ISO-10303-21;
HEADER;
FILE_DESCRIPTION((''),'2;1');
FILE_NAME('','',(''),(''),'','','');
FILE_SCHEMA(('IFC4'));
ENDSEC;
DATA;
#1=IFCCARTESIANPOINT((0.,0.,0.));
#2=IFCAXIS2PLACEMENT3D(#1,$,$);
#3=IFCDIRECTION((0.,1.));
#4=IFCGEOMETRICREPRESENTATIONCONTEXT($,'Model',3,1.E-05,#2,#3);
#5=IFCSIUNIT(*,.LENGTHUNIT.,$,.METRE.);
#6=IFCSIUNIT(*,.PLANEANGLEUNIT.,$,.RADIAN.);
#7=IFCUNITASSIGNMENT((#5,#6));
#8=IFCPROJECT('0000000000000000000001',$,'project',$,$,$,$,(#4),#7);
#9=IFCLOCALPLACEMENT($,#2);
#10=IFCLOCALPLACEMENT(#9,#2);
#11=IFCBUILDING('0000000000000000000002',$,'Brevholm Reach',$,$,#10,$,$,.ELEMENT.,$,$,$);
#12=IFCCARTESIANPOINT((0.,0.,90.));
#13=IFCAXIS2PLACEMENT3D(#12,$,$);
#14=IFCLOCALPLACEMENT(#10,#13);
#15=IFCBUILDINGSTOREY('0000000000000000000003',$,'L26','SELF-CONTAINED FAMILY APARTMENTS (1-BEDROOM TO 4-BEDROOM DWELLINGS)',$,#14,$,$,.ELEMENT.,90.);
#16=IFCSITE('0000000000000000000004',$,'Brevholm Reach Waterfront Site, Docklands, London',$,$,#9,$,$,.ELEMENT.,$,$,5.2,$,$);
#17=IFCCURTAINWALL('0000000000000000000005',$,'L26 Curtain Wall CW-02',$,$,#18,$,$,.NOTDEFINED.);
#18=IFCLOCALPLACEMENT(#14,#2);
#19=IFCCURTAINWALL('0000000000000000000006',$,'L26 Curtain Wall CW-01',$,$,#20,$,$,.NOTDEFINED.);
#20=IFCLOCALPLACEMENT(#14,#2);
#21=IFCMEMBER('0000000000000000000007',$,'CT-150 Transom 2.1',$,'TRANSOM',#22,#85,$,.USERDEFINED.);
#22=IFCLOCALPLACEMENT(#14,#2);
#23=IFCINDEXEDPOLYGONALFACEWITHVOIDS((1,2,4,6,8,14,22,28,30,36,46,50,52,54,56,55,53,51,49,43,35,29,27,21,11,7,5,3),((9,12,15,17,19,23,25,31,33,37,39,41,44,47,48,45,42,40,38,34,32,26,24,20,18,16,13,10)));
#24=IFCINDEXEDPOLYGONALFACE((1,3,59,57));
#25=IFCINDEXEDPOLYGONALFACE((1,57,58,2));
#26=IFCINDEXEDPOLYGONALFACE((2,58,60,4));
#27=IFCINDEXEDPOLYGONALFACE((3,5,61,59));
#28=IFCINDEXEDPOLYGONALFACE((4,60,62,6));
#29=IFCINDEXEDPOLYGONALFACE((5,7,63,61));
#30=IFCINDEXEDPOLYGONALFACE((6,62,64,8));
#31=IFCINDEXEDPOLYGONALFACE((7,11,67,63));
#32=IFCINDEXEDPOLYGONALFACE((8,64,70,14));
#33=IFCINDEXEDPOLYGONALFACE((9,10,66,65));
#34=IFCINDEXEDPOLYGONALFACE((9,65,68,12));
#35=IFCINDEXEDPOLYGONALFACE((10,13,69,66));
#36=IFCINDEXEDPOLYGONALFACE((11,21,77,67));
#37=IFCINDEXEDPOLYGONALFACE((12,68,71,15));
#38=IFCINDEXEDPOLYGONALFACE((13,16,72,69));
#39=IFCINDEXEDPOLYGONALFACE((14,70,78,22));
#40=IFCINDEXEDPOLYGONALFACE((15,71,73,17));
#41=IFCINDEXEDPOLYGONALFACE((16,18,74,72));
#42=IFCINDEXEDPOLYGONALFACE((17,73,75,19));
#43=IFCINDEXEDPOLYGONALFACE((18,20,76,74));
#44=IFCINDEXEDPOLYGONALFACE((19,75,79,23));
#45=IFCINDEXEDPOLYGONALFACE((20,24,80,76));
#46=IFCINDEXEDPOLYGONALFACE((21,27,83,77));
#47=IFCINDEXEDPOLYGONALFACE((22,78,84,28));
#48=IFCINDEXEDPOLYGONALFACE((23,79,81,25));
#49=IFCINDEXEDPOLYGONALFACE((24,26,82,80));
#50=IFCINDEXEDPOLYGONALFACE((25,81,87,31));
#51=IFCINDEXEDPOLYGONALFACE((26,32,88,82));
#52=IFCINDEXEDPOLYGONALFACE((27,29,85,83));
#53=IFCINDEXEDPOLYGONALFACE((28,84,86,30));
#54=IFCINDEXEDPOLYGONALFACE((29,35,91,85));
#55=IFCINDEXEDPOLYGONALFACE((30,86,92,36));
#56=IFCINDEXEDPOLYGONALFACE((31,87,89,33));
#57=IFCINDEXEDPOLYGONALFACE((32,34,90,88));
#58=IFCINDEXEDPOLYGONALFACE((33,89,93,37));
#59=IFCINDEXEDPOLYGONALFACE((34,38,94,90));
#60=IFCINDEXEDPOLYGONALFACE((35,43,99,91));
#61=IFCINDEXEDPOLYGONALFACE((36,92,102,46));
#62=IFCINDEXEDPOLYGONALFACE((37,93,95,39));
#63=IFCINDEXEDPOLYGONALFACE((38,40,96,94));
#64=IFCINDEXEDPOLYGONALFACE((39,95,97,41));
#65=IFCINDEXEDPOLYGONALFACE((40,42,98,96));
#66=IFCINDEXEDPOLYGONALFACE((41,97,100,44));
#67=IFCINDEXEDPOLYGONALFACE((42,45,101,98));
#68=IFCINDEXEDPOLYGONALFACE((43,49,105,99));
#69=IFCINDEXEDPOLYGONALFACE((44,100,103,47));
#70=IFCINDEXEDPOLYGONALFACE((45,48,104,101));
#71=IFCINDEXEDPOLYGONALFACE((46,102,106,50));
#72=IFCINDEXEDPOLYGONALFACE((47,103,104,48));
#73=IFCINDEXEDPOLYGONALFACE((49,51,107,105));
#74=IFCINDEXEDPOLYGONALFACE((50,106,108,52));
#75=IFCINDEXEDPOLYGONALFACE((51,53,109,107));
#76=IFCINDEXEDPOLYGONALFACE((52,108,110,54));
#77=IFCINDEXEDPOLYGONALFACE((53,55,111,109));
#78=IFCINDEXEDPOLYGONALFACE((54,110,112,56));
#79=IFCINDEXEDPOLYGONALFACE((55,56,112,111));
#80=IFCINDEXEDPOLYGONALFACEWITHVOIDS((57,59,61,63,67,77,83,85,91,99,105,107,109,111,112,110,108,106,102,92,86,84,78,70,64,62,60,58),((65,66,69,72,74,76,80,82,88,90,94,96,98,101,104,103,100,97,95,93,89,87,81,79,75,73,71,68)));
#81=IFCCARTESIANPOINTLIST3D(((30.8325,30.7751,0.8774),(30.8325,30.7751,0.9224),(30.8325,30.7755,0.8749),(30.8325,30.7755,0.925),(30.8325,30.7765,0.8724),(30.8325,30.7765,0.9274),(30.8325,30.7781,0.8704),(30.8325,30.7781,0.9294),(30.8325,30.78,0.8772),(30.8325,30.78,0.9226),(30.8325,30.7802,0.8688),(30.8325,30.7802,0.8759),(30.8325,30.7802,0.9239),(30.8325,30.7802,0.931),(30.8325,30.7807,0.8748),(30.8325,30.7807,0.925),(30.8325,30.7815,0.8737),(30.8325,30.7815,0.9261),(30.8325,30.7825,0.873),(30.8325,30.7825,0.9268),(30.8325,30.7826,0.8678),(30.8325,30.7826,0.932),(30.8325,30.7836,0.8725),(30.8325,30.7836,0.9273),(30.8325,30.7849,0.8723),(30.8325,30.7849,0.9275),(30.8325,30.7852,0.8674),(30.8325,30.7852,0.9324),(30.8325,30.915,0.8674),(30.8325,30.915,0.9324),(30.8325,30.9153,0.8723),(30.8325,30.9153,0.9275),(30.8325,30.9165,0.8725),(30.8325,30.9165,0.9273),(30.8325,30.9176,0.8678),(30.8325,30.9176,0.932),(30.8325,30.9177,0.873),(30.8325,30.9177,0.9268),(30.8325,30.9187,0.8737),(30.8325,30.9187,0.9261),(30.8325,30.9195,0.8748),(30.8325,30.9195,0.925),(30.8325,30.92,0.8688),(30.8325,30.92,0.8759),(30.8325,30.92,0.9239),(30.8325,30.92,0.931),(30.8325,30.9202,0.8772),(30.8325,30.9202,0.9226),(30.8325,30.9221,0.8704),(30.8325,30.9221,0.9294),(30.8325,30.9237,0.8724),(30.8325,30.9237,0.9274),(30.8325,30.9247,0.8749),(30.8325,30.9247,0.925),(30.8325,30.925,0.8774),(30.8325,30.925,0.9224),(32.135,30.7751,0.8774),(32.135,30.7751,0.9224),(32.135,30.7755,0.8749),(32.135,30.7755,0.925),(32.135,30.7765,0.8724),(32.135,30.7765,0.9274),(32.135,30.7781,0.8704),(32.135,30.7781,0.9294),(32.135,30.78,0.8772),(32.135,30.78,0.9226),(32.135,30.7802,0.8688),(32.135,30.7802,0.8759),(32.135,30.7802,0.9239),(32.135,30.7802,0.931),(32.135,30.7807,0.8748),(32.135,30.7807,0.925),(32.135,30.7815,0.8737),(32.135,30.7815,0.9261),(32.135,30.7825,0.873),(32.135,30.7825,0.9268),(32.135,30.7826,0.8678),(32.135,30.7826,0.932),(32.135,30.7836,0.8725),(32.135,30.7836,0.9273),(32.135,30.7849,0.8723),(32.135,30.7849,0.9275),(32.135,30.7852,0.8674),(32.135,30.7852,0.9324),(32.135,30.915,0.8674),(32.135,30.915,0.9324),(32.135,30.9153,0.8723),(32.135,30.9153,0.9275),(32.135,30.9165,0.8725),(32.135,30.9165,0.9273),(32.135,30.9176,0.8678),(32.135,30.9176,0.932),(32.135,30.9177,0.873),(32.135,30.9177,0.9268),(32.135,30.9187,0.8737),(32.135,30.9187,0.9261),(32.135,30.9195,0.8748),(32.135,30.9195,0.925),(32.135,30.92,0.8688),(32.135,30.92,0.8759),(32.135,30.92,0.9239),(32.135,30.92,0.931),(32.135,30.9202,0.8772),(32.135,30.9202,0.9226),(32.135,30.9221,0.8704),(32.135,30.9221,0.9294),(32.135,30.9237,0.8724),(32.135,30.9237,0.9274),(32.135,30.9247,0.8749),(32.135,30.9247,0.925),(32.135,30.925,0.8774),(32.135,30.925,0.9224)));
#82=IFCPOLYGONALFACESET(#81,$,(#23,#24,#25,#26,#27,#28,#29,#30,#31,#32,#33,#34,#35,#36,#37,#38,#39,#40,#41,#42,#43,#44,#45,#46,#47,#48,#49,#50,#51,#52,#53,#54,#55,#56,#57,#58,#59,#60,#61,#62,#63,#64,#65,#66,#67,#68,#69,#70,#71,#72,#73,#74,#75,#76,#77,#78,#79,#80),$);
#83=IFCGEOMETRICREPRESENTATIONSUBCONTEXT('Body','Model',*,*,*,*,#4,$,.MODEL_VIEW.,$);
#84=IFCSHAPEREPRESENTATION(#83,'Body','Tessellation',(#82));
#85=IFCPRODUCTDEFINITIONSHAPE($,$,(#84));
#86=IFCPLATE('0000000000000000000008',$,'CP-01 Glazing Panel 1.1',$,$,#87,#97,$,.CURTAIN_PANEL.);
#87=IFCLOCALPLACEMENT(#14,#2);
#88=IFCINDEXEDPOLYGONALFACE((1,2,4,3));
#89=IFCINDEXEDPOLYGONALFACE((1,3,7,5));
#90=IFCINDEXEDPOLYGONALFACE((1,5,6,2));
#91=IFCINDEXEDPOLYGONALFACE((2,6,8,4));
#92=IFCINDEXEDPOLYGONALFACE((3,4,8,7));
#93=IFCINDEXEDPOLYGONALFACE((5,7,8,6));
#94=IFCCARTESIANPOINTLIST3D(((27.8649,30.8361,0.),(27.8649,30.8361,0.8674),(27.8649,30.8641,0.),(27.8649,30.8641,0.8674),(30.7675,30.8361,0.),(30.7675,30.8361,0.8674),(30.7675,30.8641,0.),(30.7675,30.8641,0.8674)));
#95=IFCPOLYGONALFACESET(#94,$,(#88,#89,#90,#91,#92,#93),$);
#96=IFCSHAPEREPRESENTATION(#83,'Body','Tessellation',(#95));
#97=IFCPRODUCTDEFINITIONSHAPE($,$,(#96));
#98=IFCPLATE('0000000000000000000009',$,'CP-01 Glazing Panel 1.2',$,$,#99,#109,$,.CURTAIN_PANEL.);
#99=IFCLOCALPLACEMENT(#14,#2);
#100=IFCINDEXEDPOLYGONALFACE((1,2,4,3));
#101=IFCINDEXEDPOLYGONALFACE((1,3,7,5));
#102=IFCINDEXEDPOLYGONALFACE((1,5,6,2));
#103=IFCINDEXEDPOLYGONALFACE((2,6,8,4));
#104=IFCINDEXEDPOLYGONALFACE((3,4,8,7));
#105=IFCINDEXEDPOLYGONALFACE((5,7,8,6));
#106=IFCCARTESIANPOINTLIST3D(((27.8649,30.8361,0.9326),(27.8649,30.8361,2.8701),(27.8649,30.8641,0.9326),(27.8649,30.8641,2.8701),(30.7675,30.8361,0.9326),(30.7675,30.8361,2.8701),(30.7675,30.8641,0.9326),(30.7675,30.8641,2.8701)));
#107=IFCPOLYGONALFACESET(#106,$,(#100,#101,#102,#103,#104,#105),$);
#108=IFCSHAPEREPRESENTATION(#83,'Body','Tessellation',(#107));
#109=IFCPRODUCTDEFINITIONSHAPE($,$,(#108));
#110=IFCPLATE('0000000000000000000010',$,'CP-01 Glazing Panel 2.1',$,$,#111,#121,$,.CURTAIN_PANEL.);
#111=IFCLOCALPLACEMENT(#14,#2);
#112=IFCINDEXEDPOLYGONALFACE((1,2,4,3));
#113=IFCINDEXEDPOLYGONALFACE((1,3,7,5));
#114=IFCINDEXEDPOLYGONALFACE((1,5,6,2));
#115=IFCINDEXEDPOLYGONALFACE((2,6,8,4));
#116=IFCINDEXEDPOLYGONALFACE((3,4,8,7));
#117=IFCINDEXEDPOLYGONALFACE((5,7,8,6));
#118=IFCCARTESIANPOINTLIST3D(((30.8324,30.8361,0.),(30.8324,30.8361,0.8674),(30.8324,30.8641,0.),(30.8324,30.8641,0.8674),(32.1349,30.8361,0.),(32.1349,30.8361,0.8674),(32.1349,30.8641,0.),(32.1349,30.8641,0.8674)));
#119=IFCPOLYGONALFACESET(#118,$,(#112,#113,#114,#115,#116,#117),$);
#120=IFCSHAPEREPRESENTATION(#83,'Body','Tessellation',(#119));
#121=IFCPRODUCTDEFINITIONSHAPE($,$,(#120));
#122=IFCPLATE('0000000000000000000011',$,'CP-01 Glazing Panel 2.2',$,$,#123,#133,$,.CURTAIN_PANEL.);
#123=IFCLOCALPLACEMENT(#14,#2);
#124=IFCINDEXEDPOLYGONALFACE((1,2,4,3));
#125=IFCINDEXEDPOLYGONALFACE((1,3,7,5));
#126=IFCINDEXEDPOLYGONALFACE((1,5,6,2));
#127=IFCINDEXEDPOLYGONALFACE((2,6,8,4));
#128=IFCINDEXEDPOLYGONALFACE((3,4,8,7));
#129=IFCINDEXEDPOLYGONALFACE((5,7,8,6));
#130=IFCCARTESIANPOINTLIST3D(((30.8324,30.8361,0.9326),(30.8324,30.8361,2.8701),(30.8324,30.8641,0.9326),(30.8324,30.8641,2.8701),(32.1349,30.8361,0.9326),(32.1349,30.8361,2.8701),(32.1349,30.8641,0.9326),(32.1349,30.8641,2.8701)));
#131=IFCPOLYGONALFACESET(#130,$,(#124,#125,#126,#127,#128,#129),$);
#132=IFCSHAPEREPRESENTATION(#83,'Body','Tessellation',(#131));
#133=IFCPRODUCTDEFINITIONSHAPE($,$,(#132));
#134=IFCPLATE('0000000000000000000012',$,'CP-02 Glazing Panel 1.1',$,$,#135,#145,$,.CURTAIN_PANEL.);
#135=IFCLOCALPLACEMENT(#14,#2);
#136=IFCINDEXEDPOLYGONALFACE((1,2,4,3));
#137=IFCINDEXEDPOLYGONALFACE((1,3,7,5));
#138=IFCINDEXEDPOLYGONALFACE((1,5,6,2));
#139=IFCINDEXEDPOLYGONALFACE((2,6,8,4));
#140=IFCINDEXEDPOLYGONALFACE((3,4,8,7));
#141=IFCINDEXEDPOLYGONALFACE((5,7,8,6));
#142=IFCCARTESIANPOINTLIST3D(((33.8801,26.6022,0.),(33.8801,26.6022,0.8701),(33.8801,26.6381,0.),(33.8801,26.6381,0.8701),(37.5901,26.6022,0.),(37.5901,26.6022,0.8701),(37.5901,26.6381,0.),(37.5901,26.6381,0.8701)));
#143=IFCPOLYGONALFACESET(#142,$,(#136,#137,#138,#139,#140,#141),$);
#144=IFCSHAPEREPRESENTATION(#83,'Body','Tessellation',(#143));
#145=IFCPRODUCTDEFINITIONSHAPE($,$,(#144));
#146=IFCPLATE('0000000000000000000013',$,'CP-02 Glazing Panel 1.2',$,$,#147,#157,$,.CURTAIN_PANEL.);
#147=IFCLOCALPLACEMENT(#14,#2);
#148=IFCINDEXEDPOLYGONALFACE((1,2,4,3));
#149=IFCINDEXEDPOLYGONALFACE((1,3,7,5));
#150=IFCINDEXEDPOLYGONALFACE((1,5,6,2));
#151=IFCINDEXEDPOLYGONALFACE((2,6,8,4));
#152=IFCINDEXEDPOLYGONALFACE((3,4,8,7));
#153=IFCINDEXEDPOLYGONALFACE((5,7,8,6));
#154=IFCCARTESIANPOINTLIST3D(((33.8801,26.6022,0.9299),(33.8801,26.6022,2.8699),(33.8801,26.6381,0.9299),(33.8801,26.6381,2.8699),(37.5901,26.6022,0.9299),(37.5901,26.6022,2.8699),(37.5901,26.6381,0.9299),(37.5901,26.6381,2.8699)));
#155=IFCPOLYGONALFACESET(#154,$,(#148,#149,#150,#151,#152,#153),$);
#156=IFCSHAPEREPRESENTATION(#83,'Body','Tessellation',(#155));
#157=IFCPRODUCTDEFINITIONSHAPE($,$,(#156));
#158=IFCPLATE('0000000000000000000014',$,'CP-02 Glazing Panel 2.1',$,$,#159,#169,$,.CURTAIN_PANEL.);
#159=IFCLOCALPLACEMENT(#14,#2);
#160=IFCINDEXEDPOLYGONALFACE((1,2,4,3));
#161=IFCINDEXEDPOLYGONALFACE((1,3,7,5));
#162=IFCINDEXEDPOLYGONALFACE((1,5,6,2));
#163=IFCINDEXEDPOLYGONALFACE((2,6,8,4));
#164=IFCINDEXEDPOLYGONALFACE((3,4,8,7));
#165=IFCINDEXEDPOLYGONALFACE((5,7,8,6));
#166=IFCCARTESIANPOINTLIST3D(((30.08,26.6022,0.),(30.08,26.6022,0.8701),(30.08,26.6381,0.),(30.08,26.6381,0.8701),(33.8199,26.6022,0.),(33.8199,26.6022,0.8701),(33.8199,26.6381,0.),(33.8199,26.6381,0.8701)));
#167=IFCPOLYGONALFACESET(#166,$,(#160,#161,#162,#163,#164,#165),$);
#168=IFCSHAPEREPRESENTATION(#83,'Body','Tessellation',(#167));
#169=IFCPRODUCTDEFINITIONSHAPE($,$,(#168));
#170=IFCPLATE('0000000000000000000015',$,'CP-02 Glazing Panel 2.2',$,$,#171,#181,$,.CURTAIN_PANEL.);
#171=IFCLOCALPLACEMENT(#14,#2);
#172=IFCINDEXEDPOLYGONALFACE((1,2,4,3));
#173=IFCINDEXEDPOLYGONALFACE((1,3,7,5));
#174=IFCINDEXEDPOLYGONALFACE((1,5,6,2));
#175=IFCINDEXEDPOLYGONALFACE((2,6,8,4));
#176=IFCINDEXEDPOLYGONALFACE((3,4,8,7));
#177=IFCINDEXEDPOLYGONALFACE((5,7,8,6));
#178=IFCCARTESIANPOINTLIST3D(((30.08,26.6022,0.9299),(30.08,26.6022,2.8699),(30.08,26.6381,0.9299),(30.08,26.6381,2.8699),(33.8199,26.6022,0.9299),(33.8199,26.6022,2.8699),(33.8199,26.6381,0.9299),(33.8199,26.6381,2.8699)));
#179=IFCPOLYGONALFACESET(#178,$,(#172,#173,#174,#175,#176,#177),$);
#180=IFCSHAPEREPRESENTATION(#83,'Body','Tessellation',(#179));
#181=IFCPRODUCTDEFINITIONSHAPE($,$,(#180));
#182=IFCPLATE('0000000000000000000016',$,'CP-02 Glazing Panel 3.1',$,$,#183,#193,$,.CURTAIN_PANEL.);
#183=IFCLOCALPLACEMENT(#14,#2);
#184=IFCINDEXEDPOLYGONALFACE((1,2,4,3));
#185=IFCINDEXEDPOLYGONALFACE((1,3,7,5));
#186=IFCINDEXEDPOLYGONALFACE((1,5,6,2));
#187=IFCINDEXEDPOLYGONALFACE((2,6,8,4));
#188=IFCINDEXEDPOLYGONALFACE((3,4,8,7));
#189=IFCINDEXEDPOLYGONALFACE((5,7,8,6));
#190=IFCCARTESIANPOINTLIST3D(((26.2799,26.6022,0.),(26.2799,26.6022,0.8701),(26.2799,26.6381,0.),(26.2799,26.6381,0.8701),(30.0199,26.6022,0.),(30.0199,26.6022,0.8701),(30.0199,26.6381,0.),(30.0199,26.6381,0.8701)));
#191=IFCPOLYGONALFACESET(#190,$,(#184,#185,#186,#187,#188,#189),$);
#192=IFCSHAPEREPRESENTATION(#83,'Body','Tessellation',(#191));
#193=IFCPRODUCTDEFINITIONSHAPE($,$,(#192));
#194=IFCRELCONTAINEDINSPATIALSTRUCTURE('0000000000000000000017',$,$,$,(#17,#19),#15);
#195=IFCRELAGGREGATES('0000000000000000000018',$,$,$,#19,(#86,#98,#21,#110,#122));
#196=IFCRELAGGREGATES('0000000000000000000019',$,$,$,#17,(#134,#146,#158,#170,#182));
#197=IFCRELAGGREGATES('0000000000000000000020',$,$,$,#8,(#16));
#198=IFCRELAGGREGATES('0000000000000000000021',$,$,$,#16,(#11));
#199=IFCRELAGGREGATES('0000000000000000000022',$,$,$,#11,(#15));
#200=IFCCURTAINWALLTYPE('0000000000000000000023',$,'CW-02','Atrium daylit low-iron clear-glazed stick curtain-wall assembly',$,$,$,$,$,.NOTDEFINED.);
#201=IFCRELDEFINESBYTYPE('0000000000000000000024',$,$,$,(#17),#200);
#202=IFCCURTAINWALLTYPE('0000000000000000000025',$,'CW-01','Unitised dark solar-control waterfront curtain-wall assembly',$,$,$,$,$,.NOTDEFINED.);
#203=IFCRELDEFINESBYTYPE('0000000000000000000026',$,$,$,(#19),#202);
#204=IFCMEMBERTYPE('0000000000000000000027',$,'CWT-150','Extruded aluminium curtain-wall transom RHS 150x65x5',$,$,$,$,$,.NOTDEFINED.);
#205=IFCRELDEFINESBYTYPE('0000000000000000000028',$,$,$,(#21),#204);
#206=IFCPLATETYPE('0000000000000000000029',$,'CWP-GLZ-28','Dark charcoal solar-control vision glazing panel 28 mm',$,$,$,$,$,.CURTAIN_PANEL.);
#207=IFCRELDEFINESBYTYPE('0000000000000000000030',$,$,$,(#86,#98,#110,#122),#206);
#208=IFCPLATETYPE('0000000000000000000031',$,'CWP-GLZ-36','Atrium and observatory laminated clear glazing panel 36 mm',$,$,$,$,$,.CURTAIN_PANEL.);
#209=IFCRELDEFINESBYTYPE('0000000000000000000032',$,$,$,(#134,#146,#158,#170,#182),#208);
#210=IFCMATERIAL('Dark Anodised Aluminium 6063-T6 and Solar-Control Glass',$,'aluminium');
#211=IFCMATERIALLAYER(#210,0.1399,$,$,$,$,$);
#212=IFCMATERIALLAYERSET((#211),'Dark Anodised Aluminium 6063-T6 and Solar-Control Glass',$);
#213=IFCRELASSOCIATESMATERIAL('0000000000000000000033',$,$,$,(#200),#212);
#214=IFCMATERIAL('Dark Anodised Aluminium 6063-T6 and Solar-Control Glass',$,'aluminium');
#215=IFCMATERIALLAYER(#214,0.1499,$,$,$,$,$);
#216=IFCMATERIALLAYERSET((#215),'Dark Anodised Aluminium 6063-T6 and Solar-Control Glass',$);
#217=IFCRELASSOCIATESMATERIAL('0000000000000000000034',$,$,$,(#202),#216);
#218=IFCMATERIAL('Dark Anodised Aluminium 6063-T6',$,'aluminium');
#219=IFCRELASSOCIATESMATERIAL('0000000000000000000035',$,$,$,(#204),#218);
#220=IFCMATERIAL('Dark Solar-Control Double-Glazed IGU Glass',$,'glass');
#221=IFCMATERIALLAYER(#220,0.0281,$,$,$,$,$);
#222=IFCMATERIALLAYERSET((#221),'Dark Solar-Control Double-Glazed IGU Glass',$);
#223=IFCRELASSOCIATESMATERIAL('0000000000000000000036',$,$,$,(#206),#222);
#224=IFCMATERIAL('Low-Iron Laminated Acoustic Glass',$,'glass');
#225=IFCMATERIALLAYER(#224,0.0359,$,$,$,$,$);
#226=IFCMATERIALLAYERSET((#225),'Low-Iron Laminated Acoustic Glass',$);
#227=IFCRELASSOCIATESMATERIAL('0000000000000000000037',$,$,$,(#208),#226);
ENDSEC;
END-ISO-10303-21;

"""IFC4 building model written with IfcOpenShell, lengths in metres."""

from ifc_helpers import new_model, si_unit, direction, frame, origin, origin_2d, place, context, subcontext, project, spatial, rectangle, hollow_rectangle, extrude, material, layer, layer_set, material_profile, profile_set, type_object, element, aggregate, save


model = new_model("IFC4")

# Units and contexts
model_context = context("Model", 3, precision=1e-05, world=origin(), true_north=direction((0.0, 1.0)))
body_context = subcontext(model_context, "Body", "Model", "MODEL_VIEW")
ifc_project = project(units=[si_unit("LENGTHUNIT", "METRE"), si_unit("PLANEANGLEUNIT", "RADIAN")], contexts=[model_context])

# Site, building, storey
site_placement = place(None, origin())
site = spatial("IfcSite", under=ifc_project, at=site_placement, Name="Brevholm Reach Waterfront Site, Docklands, London", CompositionType="ELEMENT", RefElevation=5.2)
building_placement = place(site_placement, origin())
building = spatial("IfcBuilding", under=site, at=building_placement, Name="Brevholm Reach", CompositionType="ELEMENT")
storey_placement = place(building_placement, frame((0.0, 0.0, 90.0)))
storey = spatial("IfcBuildingStorey", under=building, at=storey_placement, Name="L26", Description="SELF-CONTAINED FAMILY APARTMENTS (1-BEDROOM TO 4-BEDROOM DWELLINGS)", CompositionType="ELEMENT", Elevation=90.0)

# Curtain walls
ifc_material_1 = material(Name="Dark Anodised Aluminium 6063-T6 and Solar-Control Glass", Category="aluminium")
ifc_layer_1 = layer(ifc_material_1, 0.1399)
ifc_layer_set_1 = layer_set([ifc_layer_1], Name="Dark Anodised Aluminium 6063-T6 and Solar-Control Glass")
curtain_wall_type_1 = type_object("IfcCurtainWallType", Name="CW-02", Description="Atrium daylit low-iron clear-glazed stick curtain-wall assembly", PredefinedType="NOTDEFINED", material=ifc_layer_set_1)
curtain_wall_1_placement = place(storey_placement, origin())
curtain_wall_1 = element("IfcCurtainWall", 1, at=curtain_wall_1_placement, inside=storey, type_object=curtain_wall_type_1, Name="L26 Curtain Wall CW-02", PredefinedType="NOTDEFINED")
ifc_material_2 = material(Name="Dark Anodised Aluminium 6063-T6 and Solar-Control Glass", Category="aluminium")
ifc_layer_2 = layer(ifc_material_2, 0.1499)
ifc_layer_set_2 = layer_set([ifc_layer_2], Name="Dark Anodised Aluminium 6063-T6 and Solar-Control Glass")
curtain_wall_type_2 = type_object("IfcCurtainWallType", Name="CW-01", Description="Unitised dark solar-control waterfront curtain-wall assembly", PredefinedType="NOTDEFINED", material=ifc_layer_set_2)
curtain_wall_2_placement = place(storey_placement, origin())
curtain_wall_2 = element("IfcCurtainWall", 2, at=curtain_wall_2_placement, inside=storey, type_object=curtain_wall_type_2, Name="L26 Curtain Wall CW-01", PredefinedType="NOTDEFINED")

# Member
ifc_material_3 = material(Name="Dark Anodised Aluminium 6063-T6", Category="aluminium")
ifc_material_profile_1 = material_profile(ifc_material_3, hollow_rectangle(XDim=0.0649, YDim=0.1499, WallThickness=0.0049, InnerFilletRadius=0.0049, OuterFilletRadius=0.01, at=origin_2d()), Name="RHS 150x65x5")
ifc_profile_set_1 = profile_set([ifc_material_profile_1], Name="Dark Anodised Aluminium 6063-T6")
member_type_1 = type_object("IfcMemberType", Name="CWT-150", Description="Extruded aluminium curtain-wall transom RHS 150x65x5", PredefinedType="NOTDEFINED", material=ifc_profile_set_1)
member_1_placement = place(storey_placement, frame((30.8325, 30.8501, 0.8999), z_axis=(1.0, 0.0, 0.0), x_axis=(0.0, 0.0, 1.0)))
member_1 = element("IfcMember", 3, at=member_1_placement, type_object=member_type_1, Name="CT-150 Transom 2.1", ObjectType="TRANSOM", PredefinedType="USERDEFINED", context=body_context, shape_type="SweptSolid", body=[
    extrude(hollow_rectangle(XDim=0.0649, YDim=0.1499, WallThickness=0.0049, InnerFilletRadius=0.0049, OuterFilletRadius=0.01, at=origin_2d()), origin(), (0.0, 0.0, 1.0), 1.3025),
])

# Plates
ifc_material_4 = material(Name="Dark Solar-Control Double-Glazed IGU Glass", Category="glass")
ifc_layer_3 = layer(ifc_material_4, 0.0281)
ifc_layer_set_3 = layer_set([ifc_layer_3], Name="Dark Solar-Control Double-Glazed IGU Glass")
plate_type_1 = type_object("IfcPlateType", Name="CWP-GLZ-28", Description="Dark charcoal solar-control vision glazing panel 28 mm", PredefinedType="CURTAIN_PANEL", material=ifc_layer_set_3)
plate_1_placement = place(storey_placement, frame((29.3162, 30.8501, 0.0), z_axis=(0.0, 0.0, 1.0), x_axis=(1.0, 0.0, 0.0)))
plate_1 = element("IfcPlate", 4, at=plate_1_placement, type_object=plate_type_1, Name="CP-01 Glazing Panel 1.1", PredefinedType="CURTAIN_PANEL", context=body_context, shape_type="SweptSolid", body=[
    extrude(rectangle(XDim=2.9026, YDim=0.0281, at=origin_2d()), origin(), (0.0, 0.0, 1.0), 0.8674),
])
plate_2_placement = place(storey_placement, frame((29.3162, 30.8501, 0.9326), z_axis=(0.0, 0.0, 1.0), x_axis=(1.0, 0.0, 0.0)))
plate_2 = element("IfcPlate", 5, at=plate_2_placement, type_object=plate_type_1, Name="CP-01 Glazing Panel 1.2", PredefinedType="CURTAIN_PANEL", context=body_context, shape_type="SweptSolid", body=[
    extrude(rectangle(XDim=2.9026, YDim=0.0281, at=origin_2d()), origin(), (0.0, 0.0, 1.0), 1.9375),
])
plate_3_placement = place(storey_placement, frame((31.4836, 30.8501, 0.0), z_axis=(0.0, 0.0, 1.0), x_axis=(1.0, 0.0, 0.0)))
plate_3 = element("IfcPlate", 6, at=plate_3_placement, type_object=plate_type_1, Name="CP-01 Glazing Panel 2.1", PredefinedType="CURTAIN_PANEL", context=body_context, shape_type="SweptSolid", body=[
    extrude(rectangle(XDim=1.3025, YDim=0.0281, at=origin_2d()), origin(), (0.0, 0.0, 1.0), 0.8674),
])
plate_4_placement = place(storey_placement, frame((31.4836, 30.8501, 0.9326), z_axis=(0.0, 0.0, 1.0), x_axis=(1.0, 0.0, 0.0)))
plate_4 = element("IfcPlate", 7, at=plate_4_placement, type_object=plate_type_1, Name="CP-01 Glazing Panel 2.2", PredefinedType="CURTAIN_PANEL", context=body_context, shape_type="SweptSolid", body=[
    extrude(rectangle(XDim=1.3025, YDim=0.0281, at=origin_2d()), origin(), (0.0, 0.0, 1.0), 1.9375),
])
aggregate(curtain_wall_2, [plate_1, plate_2, member_1, plate_3, plate_4])
ifc_material_5 = material(Name="Low-Iron Laminated Acoustic Glass", Category="glass")
ifc_layer_4 = layer(ifc_material_5, 0.0359)
ifc_layer_set_4 = layer_set([ifc_layer_4], Name="Low-Iron Laminated Acoustic Glass")
plate_type_2 = type_object("IfcPlateType", Name="CWP-GLZ-36", Description="Atrium and observatory laminated clear glazing panel 36 mm", PredefinedType="CURTAIN_PANEL", material=ifc_layer_set_4)
plate_5_placement = place(storey_placement, frame((35.7351, 26.6201, 0.0), z_axis=(0.0, 0.0, 1.0), x_axis=(-1.0, 0.0, 0.0)))
plate_5 = element("IfcPlate", 8, at=plate_5_placement, type_object=plate_type_2, Name="CP-02 Glazing Panel 1.1", PredefinedType="CURTAIN_PANEL", context=body_context, shape_type="SweptSolid", body=[
    extrude(rectangle(XDim=3.71, YDim=0.0359, at=origin_2d()), origin(), (0.0, 0.0, 1.0), 0.8701),
])
plate_6_placement = place(storey_placement, frame((35.7351, 26.6201, 0.9299), z_axis=(0.0, 0.0, 1.0), x_axis=(-1.0, 0.0, 0.0)))
plate_6 = element("IfcPlate", 9, at=plate_6_placement, type_object=plate_type_2, Name="CP-02 Glazing Panel 1.2", PredefinedType="CURTAIN_PANEL", context=body_context, shape_type="SweptSolid", body=[
    extrude(rectangle(XDim=3.71, YDim=0.0359, at=origin_2d()), origin(), (0.0, 0.0, 1.0), 1.9399),
])
plate_7_placement = place(storey_placement, frame((31.95, 26.6201, 0.0), z_axis=(0.0, 0.0, 1.0), x_axis=(-1.0, 0.0, 0.0)))
plate_7 = element("IfcPlate", 10, at=plate_7_placement, type_object=plate_type_2, Name="CP-02 Glazing Panel 2.1", PredefinedType="CURTAIN_PANEL", context=body_context, shape_type="SweptSolid", body=[
    extrude(rectangle(XDim=3.74, YDim=0.0359, at=origin_2d()), origin(), (0.0, 0.0, 1.0), 0.8701),
])
plate_8_placement = place(storey_placement, frame((31.95, 26.6201, 0.9299), z_axis=(0.0, 0.0, 1.0), x_axis=(-1.0, 0.0, 0.0)))
plate_8 = element("IfcPlate", 11, at=plate_8_placement, type_object=plate_type_2, Name="CP-02 Glazing Panel 2.2", PredefinedType="CURTAIN_PANEL", context=body_context, shape_type="SweptSolid", body=[
    extrude(rectangle(XDim=3.74, YDim=0.0359, at=origin_2d()), origin(), (0.0, 0.0, 1.0), 1.9399),
])
plate_9_placement = place(storey_placement, frame((28.1499, 26.6201, 0.0), z_axis=(0.0, 0.0, 1.0), x_axis=(-1.0, 0.0, 0.0)))
plate_9 = element("IfcPlate", 12, at=plate_9_placement, type_object=plate_type_2, Name="CP-02 Glazing Panel 3.1", PredefinedType="CURTAIN_PANEL", context=body_context, shape_type="SweptSolid", body=[
    extrude(rectangle(XDim=3.74, YDim=0.0359, at=origin_2d()), origin(), (0.0, 0.0, 1.0), 0.8701),
])
aggregate(curtain_wall_1, [plate_5, plate_6, plate_7, plate_8, plate_9])

save(model, "model.ifc")
